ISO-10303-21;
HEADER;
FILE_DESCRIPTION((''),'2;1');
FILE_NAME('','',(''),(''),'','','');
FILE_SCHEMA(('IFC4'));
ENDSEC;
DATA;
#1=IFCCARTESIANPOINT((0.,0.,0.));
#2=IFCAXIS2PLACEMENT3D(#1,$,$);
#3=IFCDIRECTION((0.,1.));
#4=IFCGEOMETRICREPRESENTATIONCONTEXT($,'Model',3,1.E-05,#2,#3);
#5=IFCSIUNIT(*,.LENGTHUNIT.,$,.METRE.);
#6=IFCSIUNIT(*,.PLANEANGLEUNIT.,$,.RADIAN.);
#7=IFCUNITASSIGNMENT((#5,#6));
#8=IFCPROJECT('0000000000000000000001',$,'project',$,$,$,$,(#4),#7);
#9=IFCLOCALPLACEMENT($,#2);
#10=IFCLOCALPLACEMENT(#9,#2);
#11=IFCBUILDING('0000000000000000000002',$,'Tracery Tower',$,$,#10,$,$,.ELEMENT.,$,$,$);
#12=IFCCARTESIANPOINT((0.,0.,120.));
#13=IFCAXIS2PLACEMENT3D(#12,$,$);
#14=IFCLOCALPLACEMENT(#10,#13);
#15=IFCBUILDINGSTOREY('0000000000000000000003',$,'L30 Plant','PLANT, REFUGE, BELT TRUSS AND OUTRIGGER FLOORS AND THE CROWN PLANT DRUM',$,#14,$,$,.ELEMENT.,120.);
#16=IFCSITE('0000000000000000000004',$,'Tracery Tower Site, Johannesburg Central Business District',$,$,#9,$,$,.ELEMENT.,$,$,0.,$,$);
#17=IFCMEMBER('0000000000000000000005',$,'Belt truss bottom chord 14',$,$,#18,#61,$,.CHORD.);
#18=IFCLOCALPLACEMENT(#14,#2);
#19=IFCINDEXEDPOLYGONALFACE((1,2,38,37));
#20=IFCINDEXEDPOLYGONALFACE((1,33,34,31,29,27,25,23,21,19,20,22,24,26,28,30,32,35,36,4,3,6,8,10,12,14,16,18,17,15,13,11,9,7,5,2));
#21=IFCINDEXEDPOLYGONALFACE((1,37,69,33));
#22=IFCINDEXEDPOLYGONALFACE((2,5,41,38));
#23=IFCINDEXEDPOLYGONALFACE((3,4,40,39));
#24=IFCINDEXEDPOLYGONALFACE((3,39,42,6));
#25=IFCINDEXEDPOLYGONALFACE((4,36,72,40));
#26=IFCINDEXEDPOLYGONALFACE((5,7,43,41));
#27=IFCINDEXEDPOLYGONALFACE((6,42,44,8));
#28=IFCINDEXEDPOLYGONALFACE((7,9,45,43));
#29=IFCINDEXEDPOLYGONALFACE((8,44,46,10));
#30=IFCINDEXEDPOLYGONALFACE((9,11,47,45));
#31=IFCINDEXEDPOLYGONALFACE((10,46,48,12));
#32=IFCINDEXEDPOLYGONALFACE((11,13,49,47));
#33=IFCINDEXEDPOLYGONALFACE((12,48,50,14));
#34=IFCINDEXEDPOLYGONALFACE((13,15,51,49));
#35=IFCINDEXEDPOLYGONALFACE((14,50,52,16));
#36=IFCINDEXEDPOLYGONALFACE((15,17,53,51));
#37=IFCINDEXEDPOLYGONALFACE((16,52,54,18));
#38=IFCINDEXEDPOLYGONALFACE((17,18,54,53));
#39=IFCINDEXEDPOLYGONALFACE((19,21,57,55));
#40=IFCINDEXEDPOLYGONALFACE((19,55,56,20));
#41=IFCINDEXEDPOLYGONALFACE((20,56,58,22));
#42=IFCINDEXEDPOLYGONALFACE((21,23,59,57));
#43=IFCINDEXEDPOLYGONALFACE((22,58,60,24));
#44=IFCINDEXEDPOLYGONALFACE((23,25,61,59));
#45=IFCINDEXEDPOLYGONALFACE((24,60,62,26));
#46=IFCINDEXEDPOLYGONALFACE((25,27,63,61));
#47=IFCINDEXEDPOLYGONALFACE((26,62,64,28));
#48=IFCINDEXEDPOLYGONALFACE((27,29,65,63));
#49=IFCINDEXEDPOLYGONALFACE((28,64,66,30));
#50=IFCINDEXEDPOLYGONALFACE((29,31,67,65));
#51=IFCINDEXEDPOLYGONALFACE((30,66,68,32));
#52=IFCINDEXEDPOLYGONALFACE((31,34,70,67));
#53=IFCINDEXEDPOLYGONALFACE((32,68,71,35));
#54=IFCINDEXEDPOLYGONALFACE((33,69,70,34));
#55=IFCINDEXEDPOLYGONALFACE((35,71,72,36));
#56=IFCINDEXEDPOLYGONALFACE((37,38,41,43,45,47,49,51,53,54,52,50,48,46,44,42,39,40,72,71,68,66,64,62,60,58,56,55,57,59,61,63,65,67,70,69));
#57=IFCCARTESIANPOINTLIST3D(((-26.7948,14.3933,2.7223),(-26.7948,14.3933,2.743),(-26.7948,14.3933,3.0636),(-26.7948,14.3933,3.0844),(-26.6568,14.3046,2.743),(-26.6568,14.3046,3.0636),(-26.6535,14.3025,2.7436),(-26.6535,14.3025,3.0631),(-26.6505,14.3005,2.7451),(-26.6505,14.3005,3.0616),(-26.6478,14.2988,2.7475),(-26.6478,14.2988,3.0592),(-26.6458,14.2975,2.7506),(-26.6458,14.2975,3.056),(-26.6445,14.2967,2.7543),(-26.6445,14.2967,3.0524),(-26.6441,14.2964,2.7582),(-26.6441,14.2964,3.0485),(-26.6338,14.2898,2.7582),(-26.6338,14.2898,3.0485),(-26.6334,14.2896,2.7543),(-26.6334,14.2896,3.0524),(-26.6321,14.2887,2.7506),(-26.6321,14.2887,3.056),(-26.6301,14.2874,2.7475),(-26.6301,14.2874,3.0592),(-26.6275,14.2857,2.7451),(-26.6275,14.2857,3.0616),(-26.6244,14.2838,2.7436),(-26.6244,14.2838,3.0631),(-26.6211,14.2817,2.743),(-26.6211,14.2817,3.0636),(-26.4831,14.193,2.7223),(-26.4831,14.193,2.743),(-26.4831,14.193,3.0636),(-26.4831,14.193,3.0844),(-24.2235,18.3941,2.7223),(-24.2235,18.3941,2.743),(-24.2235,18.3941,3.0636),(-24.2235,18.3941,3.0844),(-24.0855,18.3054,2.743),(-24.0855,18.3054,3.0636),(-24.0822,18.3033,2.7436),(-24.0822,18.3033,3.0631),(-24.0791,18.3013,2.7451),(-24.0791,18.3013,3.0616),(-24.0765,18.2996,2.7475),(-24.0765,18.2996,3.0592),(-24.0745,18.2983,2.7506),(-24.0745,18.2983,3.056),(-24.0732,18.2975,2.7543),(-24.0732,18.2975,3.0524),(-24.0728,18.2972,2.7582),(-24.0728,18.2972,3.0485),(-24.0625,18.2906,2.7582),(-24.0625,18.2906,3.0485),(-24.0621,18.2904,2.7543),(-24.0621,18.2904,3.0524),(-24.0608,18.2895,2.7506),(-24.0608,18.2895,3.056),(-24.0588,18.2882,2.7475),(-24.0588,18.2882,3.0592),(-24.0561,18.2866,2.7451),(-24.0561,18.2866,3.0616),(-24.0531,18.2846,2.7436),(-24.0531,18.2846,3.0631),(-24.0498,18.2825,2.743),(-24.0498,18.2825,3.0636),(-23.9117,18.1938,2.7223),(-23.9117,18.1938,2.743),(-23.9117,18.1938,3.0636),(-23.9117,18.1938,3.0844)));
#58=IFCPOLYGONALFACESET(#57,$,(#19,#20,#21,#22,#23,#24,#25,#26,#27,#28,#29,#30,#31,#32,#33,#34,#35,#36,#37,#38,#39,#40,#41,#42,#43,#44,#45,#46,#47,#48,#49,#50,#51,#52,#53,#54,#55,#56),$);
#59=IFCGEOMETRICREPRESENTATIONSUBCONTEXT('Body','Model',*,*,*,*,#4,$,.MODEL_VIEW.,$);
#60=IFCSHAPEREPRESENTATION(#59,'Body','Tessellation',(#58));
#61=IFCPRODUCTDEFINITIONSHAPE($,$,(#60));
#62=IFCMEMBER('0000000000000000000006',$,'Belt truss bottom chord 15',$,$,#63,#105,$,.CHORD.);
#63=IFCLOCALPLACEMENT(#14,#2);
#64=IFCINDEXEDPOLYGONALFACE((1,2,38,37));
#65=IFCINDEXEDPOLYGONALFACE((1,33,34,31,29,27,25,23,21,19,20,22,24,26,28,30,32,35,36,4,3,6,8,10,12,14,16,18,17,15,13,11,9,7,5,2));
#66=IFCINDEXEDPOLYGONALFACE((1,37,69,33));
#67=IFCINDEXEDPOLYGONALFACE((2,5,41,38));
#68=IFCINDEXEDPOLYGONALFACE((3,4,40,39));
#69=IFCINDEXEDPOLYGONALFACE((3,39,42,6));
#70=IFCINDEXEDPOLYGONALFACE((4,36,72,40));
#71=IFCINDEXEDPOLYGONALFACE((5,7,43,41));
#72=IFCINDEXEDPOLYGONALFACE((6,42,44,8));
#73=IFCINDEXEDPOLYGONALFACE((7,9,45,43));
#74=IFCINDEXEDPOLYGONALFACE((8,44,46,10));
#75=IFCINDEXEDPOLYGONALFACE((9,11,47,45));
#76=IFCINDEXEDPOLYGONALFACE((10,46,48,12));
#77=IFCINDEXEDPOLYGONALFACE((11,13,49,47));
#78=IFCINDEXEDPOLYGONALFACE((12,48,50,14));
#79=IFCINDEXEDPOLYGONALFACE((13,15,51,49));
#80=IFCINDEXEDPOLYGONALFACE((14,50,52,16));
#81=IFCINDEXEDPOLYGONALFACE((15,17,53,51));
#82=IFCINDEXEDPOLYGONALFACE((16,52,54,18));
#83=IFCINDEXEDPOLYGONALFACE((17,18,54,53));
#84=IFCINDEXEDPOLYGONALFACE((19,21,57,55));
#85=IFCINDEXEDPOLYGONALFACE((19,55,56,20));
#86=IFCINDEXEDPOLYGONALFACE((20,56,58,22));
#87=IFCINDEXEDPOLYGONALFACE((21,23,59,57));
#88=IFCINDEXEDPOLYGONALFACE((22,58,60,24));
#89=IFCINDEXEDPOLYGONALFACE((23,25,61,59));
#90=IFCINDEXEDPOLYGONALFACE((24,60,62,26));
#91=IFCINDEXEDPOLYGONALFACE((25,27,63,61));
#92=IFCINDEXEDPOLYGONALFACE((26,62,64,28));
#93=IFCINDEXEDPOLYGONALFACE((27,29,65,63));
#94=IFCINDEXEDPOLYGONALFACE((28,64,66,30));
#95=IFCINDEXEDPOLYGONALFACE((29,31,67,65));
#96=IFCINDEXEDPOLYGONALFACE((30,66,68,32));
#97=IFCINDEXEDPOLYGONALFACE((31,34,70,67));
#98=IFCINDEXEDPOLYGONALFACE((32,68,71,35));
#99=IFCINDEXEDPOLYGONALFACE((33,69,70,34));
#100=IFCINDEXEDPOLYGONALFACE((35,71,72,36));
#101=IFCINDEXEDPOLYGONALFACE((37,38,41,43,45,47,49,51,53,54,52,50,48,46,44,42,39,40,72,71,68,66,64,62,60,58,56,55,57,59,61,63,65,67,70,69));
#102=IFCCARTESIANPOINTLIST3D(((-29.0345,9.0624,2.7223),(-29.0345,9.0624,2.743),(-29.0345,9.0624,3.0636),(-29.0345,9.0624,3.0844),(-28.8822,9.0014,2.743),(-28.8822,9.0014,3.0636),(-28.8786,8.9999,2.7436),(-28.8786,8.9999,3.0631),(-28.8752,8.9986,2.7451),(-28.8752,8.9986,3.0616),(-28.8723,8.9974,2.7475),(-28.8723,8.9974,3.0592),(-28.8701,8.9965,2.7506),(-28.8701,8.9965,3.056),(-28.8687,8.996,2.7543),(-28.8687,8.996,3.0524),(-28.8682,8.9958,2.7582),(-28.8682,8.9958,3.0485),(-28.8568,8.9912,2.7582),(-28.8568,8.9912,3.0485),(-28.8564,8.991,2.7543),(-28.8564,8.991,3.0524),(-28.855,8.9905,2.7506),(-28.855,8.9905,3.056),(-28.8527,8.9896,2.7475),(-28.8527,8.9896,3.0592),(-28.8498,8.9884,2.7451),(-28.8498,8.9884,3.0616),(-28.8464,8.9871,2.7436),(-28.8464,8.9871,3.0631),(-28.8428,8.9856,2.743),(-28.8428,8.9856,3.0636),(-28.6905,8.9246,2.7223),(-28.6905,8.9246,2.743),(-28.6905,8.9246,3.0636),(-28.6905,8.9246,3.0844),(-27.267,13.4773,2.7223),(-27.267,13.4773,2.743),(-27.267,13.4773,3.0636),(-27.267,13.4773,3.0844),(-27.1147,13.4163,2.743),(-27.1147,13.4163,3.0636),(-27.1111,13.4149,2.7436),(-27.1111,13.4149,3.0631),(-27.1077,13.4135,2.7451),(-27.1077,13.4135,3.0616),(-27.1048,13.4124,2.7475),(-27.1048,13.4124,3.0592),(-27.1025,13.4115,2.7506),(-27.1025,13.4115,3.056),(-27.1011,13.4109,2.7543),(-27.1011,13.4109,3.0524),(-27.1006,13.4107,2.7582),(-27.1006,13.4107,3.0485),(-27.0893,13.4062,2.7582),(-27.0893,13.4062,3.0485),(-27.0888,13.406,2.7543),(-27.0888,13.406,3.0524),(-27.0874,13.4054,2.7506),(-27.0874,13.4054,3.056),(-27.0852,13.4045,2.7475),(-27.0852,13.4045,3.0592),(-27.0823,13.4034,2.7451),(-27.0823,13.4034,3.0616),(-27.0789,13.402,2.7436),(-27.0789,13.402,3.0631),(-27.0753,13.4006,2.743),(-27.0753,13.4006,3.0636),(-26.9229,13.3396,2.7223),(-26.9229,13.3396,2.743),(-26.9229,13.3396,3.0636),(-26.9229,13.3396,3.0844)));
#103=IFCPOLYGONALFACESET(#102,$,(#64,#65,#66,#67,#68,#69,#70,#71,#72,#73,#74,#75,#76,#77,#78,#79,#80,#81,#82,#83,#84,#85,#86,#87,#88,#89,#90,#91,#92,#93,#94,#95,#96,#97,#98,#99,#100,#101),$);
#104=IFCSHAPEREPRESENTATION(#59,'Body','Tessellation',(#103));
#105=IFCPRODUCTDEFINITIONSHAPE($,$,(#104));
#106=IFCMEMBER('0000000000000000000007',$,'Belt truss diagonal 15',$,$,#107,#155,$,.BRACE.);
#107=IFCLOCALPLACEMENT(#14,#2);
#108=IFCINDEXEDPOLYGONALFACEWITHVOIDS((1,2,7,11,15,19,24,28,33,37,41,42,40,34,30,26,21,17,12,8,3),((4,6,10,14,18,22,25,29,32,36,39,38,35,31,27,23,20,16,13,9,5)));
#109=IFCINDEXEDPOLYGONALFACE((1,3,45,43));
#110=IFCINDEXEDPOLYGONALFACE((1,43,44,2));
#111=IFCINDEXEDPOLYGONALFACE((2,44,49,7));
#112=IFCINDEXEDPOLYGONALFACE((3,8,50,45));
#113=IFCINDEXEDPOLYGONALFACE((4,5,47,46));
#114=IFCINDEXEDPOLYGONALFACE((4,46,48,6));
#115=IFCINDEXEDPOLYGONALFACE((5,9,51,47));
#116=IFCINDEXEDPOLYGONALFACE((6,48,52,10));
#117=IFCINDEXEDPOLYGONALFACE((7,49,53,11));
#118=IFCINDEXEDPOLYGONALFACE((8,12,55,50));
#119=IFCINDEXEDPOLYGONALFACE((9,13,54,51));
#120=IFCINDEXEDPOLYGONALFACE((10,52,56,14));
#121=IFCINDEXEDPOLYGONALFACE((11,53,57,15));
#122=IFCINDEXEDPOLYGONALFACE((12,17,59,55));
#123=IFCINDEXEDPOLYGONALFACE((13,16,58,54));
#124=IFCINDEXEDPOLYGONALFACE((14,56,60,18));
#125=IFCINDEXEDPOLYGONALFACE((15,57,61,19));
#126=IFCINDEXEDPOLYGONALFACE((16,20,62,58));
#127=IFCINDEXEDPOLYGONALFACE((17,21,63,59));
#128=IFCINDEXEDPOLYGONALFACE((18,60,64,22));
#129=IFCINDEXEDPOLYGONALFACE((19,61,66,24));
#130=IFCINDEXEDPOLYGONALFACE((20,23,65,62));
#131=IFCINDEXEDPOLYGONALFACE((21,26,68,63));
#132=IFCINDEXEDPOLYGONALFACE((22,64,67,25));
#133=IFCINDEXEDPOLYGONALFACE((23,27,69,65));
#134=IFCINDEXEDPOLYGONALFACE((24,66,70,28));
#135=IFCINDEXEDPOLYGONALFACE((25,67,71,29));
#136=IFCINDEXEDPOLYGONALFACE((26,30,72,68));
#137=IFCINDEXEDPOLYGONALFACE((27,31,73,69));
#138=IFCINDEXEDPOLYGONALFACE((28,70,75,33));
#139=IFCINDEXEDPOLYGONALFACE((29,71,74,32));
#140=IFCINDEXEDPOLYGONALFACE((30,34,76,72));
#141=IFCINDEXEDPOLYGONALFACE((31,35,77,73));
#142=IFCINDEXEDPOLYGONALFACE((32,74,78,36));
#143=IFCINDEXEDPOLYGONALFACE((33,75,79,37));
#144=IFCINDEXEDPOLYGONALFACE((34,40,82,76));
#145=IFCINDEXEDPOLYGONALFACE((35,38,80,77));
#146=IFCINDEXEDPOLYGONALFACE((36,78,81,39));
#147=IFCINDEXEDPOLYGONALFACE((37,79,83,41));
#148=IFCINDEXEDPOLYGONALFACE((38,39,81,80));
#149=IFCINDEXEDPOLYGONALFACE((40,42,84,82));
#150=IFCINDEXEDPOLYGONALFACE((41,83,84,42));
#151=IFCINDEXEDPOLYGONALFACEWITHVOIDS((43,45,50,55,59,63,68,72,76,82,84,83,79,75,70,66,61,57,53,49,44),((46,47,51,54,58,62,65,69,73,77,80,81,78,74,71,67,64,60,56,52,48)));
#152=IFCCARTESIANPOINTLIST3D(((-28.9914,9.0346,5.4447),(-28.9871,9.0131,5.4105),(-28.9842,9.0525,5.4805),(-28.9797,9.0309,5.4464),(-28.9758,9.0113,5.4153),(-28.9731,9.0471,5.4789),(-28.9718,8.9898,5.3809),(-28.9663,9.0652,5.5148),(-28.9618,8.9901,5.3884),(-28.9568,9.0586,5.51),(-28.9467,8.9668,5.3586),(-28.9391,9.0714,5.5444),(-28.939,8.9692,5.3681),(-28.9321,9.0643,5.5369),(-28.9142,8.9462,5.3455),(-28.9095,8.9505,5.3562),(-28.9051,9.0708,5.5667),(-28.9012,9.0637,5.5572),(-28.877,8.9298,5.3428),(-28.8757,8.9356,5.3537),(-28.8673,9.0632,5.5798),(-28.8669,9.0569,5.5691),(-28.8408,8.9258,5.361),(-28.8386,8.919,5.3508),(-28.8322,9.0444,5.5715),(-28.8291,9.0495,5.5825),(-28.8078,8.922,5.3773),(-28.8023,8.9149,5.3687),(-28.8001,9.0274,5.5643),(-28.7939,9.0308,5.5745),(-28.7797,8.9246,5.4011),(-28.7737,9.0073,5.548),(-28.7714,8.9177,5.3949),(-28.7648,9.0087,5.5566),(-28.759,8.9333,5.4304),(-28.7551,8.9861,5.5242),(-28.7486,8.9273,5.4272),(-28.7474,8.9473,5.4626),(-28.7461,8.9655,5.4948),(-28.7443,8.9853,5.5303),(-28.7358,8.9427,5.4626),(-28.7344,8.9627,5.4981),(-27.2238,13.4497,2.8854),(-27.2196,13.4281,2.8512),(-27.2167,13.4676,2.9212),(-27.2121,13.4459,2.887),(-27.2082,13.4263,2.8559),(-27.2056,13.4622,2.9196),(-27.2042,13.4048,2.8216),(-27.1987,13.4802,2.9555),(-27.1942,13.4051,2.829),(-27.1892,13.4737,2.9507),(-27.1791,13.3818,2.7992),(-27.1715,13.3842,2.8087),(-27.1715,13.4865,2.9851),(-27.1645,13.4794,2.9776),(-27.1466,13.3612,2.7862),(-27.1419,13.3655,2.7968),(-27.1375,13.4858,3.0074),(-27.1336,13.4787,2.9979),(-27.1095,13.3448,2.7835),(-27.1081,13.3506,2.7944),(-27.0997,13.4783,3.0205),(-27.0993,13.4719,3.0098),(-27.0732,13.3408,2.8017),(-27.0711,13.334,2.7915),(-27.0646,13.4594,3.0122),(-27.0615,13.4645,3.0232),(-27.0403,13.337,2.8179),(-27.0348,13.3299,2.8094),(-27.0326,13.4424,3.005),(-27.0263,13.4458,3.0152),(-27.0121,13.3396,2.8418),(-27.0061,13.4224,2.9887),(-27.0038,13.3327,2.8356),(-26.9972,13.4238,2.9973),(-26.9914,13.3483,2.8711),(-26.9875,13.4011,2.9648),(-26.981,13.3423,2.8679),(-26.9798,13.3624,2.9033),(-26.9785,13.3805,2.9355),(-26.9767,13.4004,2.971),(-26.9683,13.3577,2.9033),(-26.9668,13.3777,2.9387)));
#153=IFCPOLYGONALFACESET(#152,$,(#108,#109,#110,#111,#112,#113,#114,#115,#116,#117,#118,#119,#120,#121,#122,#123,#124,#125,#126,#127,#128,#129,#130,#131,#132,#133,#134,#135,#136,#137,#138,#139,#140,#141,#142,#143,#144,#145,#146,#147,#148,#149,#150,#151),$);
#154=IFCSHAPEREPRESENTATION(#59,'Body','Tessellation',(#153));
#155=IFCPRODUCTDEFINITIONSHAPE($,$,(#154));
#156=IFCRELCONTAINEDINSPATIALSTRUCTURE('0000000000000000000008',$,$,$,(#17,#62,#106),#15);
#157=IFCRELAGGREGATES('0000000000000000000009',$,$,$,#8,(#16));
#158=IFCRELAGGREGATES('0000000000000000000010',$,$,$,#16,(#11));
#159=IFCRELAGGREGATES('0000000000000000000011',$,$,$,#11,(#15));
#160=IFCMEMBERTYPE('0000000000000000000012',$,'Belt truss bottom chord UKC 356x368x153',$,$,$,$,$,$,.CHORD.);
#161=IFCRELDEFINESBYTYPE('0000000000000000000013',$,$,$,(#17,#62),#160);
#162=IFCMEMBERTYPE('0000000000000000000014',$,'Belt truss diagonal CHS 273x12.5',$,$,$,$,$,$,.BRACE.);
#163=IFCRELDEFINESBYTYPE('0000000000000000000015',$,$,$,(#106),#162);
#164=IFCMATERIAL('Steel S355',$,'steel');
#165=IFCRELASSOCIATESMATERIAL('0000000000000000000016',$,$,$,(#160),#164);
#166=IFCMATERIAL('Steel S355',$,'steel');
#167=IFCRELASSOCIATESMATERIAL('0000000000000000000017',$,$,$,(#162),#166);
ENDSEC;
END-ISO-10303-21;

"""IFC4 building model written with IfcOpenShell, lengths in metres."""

from ifc_helpers import new_model, si_unit, direction, frame, origin, origin_2d, place, context, subcontext, project, spatial, hollow_circle, i_section, extrude, material, material_profile, profile_set, type_object, element, save


model = new_model("IFC4")

# Units and contexts
model_context = context("Model", 3, precision=1e-05, world=origin(), true_north=direction((0.0, 1.0)))
body_context = subcontext(model_context, "Body", "Model", "MODEL_VIEW")
ifc_project = project(units=[si_unit("LENGTHUNIT", "METRE"), si_unit("PLANEANGLEUNIT", "RADIAN")], contexts=[model_context])

# Site, building, storey
site_placement = place(None, origin())
site = spatial("IfcSite", under=ifc_project, at=site_placement, Name="Tracery Tower Site, Johannesburg Central Business District", CompositionType="ELEMENT", RefElevation=0.0)
building_placement = place(site_placement, origin())
building = spatial("IfcBuilding", under=site, at=building_placement, Name="Tracery Tower", CompositionType="ELEMENT")
storey_placement = place(building_placement, frame((0.0, 0.0, 120.0)))
storey = spatial("IfcBuildingStorey", under=building, at=storey_placement, Name="L30 Plant", Description="PLANT, REFUGE, BELT TRUSS AND OUTRIGGER FLOORS AND THE CROWN PLANT DRUM", CompositionType="ELEMENT", Elevation=120.0)

# Members
ifc_material_1 = material(Name="Steel S355", Category="steel")
ifc_material_profile_1 = material_profile(ifc_material_1, i_section(OverallWidth=0.3706, OverallDepth=0.3621, WebThickness=0.0122, FlangeThickness=0.0208, FilletRadius=0.0151, at=origin_2d()), Name="UKC 356x368x153")
ifc_profile_set_1 = profile_set([ifc_material_profile_1], Name="Steel S355")
member_type_1 = type_object("IfcMemberType", Name="Belt truss bottom chord UKC 356x368x153", PredefinedType="CHORD", material=ifc_profile_set_1)
member_1_placement = place(storey_placement, frame((-24.0676, 18.2939, 2.9033), z_axis=(-0.540667, -0.841237, 0.0), x_axis=(0.841237, -0.540667, 0.0)))
element("IfcMember", 1, at=member_1_placement, inside=storey, type_object=member_type_1, Name="Belt truss bottom chord 14", PredefinedType="CHORD", context=body_context, shape_type="SweptSolid", body=[
    extrude(i_section(OverallWidth=0.3706, OverallDepth=0.3621, WebThickness=0.0122, FlangeThickness=0.0208, FilletRadius=0.0151, at=origin_2d()), origin(), (0.0, 0.0, 1.0), 4.7559),
])
member_2_placement = place(storey_placement, frame((-27.095, 13.4084, 2.9033), z_axis=(-0.371674, -0.928363, 0.0), x_axis=(0.928363, -0.371674, 0.0)))
element("IfcMember", 2, at=member_2_placement, inside=storey, type_object=member_type_1, Name="Belt truss bottom chord 15", PredefinedType="CHORD", context=body_context, shape_type="SweptSolid", body=[
    extrude(i_section(OverallWidth=0.3706, OverallDepth=0.3621, WebThickness=0.0122, FlangeThickness=0.0208, FilletRadius=0.0151, at=origin_2d()), origin(), (0.0, 0.0, 1.0), 4.7556),
])
ifc_material_2 = material(Name="Steel S355", Category="steel")
ifc_material_profile_2 = material_profile(ifc_material_2, hollow_circle(Radius=0.1365, WallThickness=0.0125, at=origin_2d()), Name="CHS 273x12.5")
ifc_profile_set_2 = profile_set([ifc_material_profile_2], Name="Steel S355")
member_type_2 = type_object("IfcMemberType", Name="Belt truss diagonal CHS 273x12.5", PredefinedType="BRACE", material=ifc_profile_set_2)
member_3_placement = place(storey_placement, frame((-27.095, 13.4084, 2.9033), z_axis=(-0.32729, -0.817501, 0.473892), x_axis=(0.928363, -0.371674, 0.0)))
element("IfcMember", 3, at=member_3_placement, inside=storey, type_object=member_type_2, Name="Belt truss diagonal 15", PredefinedType="BRACE", context=body_context, shape_type="SweptSolid", body=[
    extrude(hollow_circle(Radius=0.1365, WallThickness=0.0125, at=origin_2d()), origin(), (0.0, 0.0, 1.0), 5.4006),
])

save(model, "model.ifc")
